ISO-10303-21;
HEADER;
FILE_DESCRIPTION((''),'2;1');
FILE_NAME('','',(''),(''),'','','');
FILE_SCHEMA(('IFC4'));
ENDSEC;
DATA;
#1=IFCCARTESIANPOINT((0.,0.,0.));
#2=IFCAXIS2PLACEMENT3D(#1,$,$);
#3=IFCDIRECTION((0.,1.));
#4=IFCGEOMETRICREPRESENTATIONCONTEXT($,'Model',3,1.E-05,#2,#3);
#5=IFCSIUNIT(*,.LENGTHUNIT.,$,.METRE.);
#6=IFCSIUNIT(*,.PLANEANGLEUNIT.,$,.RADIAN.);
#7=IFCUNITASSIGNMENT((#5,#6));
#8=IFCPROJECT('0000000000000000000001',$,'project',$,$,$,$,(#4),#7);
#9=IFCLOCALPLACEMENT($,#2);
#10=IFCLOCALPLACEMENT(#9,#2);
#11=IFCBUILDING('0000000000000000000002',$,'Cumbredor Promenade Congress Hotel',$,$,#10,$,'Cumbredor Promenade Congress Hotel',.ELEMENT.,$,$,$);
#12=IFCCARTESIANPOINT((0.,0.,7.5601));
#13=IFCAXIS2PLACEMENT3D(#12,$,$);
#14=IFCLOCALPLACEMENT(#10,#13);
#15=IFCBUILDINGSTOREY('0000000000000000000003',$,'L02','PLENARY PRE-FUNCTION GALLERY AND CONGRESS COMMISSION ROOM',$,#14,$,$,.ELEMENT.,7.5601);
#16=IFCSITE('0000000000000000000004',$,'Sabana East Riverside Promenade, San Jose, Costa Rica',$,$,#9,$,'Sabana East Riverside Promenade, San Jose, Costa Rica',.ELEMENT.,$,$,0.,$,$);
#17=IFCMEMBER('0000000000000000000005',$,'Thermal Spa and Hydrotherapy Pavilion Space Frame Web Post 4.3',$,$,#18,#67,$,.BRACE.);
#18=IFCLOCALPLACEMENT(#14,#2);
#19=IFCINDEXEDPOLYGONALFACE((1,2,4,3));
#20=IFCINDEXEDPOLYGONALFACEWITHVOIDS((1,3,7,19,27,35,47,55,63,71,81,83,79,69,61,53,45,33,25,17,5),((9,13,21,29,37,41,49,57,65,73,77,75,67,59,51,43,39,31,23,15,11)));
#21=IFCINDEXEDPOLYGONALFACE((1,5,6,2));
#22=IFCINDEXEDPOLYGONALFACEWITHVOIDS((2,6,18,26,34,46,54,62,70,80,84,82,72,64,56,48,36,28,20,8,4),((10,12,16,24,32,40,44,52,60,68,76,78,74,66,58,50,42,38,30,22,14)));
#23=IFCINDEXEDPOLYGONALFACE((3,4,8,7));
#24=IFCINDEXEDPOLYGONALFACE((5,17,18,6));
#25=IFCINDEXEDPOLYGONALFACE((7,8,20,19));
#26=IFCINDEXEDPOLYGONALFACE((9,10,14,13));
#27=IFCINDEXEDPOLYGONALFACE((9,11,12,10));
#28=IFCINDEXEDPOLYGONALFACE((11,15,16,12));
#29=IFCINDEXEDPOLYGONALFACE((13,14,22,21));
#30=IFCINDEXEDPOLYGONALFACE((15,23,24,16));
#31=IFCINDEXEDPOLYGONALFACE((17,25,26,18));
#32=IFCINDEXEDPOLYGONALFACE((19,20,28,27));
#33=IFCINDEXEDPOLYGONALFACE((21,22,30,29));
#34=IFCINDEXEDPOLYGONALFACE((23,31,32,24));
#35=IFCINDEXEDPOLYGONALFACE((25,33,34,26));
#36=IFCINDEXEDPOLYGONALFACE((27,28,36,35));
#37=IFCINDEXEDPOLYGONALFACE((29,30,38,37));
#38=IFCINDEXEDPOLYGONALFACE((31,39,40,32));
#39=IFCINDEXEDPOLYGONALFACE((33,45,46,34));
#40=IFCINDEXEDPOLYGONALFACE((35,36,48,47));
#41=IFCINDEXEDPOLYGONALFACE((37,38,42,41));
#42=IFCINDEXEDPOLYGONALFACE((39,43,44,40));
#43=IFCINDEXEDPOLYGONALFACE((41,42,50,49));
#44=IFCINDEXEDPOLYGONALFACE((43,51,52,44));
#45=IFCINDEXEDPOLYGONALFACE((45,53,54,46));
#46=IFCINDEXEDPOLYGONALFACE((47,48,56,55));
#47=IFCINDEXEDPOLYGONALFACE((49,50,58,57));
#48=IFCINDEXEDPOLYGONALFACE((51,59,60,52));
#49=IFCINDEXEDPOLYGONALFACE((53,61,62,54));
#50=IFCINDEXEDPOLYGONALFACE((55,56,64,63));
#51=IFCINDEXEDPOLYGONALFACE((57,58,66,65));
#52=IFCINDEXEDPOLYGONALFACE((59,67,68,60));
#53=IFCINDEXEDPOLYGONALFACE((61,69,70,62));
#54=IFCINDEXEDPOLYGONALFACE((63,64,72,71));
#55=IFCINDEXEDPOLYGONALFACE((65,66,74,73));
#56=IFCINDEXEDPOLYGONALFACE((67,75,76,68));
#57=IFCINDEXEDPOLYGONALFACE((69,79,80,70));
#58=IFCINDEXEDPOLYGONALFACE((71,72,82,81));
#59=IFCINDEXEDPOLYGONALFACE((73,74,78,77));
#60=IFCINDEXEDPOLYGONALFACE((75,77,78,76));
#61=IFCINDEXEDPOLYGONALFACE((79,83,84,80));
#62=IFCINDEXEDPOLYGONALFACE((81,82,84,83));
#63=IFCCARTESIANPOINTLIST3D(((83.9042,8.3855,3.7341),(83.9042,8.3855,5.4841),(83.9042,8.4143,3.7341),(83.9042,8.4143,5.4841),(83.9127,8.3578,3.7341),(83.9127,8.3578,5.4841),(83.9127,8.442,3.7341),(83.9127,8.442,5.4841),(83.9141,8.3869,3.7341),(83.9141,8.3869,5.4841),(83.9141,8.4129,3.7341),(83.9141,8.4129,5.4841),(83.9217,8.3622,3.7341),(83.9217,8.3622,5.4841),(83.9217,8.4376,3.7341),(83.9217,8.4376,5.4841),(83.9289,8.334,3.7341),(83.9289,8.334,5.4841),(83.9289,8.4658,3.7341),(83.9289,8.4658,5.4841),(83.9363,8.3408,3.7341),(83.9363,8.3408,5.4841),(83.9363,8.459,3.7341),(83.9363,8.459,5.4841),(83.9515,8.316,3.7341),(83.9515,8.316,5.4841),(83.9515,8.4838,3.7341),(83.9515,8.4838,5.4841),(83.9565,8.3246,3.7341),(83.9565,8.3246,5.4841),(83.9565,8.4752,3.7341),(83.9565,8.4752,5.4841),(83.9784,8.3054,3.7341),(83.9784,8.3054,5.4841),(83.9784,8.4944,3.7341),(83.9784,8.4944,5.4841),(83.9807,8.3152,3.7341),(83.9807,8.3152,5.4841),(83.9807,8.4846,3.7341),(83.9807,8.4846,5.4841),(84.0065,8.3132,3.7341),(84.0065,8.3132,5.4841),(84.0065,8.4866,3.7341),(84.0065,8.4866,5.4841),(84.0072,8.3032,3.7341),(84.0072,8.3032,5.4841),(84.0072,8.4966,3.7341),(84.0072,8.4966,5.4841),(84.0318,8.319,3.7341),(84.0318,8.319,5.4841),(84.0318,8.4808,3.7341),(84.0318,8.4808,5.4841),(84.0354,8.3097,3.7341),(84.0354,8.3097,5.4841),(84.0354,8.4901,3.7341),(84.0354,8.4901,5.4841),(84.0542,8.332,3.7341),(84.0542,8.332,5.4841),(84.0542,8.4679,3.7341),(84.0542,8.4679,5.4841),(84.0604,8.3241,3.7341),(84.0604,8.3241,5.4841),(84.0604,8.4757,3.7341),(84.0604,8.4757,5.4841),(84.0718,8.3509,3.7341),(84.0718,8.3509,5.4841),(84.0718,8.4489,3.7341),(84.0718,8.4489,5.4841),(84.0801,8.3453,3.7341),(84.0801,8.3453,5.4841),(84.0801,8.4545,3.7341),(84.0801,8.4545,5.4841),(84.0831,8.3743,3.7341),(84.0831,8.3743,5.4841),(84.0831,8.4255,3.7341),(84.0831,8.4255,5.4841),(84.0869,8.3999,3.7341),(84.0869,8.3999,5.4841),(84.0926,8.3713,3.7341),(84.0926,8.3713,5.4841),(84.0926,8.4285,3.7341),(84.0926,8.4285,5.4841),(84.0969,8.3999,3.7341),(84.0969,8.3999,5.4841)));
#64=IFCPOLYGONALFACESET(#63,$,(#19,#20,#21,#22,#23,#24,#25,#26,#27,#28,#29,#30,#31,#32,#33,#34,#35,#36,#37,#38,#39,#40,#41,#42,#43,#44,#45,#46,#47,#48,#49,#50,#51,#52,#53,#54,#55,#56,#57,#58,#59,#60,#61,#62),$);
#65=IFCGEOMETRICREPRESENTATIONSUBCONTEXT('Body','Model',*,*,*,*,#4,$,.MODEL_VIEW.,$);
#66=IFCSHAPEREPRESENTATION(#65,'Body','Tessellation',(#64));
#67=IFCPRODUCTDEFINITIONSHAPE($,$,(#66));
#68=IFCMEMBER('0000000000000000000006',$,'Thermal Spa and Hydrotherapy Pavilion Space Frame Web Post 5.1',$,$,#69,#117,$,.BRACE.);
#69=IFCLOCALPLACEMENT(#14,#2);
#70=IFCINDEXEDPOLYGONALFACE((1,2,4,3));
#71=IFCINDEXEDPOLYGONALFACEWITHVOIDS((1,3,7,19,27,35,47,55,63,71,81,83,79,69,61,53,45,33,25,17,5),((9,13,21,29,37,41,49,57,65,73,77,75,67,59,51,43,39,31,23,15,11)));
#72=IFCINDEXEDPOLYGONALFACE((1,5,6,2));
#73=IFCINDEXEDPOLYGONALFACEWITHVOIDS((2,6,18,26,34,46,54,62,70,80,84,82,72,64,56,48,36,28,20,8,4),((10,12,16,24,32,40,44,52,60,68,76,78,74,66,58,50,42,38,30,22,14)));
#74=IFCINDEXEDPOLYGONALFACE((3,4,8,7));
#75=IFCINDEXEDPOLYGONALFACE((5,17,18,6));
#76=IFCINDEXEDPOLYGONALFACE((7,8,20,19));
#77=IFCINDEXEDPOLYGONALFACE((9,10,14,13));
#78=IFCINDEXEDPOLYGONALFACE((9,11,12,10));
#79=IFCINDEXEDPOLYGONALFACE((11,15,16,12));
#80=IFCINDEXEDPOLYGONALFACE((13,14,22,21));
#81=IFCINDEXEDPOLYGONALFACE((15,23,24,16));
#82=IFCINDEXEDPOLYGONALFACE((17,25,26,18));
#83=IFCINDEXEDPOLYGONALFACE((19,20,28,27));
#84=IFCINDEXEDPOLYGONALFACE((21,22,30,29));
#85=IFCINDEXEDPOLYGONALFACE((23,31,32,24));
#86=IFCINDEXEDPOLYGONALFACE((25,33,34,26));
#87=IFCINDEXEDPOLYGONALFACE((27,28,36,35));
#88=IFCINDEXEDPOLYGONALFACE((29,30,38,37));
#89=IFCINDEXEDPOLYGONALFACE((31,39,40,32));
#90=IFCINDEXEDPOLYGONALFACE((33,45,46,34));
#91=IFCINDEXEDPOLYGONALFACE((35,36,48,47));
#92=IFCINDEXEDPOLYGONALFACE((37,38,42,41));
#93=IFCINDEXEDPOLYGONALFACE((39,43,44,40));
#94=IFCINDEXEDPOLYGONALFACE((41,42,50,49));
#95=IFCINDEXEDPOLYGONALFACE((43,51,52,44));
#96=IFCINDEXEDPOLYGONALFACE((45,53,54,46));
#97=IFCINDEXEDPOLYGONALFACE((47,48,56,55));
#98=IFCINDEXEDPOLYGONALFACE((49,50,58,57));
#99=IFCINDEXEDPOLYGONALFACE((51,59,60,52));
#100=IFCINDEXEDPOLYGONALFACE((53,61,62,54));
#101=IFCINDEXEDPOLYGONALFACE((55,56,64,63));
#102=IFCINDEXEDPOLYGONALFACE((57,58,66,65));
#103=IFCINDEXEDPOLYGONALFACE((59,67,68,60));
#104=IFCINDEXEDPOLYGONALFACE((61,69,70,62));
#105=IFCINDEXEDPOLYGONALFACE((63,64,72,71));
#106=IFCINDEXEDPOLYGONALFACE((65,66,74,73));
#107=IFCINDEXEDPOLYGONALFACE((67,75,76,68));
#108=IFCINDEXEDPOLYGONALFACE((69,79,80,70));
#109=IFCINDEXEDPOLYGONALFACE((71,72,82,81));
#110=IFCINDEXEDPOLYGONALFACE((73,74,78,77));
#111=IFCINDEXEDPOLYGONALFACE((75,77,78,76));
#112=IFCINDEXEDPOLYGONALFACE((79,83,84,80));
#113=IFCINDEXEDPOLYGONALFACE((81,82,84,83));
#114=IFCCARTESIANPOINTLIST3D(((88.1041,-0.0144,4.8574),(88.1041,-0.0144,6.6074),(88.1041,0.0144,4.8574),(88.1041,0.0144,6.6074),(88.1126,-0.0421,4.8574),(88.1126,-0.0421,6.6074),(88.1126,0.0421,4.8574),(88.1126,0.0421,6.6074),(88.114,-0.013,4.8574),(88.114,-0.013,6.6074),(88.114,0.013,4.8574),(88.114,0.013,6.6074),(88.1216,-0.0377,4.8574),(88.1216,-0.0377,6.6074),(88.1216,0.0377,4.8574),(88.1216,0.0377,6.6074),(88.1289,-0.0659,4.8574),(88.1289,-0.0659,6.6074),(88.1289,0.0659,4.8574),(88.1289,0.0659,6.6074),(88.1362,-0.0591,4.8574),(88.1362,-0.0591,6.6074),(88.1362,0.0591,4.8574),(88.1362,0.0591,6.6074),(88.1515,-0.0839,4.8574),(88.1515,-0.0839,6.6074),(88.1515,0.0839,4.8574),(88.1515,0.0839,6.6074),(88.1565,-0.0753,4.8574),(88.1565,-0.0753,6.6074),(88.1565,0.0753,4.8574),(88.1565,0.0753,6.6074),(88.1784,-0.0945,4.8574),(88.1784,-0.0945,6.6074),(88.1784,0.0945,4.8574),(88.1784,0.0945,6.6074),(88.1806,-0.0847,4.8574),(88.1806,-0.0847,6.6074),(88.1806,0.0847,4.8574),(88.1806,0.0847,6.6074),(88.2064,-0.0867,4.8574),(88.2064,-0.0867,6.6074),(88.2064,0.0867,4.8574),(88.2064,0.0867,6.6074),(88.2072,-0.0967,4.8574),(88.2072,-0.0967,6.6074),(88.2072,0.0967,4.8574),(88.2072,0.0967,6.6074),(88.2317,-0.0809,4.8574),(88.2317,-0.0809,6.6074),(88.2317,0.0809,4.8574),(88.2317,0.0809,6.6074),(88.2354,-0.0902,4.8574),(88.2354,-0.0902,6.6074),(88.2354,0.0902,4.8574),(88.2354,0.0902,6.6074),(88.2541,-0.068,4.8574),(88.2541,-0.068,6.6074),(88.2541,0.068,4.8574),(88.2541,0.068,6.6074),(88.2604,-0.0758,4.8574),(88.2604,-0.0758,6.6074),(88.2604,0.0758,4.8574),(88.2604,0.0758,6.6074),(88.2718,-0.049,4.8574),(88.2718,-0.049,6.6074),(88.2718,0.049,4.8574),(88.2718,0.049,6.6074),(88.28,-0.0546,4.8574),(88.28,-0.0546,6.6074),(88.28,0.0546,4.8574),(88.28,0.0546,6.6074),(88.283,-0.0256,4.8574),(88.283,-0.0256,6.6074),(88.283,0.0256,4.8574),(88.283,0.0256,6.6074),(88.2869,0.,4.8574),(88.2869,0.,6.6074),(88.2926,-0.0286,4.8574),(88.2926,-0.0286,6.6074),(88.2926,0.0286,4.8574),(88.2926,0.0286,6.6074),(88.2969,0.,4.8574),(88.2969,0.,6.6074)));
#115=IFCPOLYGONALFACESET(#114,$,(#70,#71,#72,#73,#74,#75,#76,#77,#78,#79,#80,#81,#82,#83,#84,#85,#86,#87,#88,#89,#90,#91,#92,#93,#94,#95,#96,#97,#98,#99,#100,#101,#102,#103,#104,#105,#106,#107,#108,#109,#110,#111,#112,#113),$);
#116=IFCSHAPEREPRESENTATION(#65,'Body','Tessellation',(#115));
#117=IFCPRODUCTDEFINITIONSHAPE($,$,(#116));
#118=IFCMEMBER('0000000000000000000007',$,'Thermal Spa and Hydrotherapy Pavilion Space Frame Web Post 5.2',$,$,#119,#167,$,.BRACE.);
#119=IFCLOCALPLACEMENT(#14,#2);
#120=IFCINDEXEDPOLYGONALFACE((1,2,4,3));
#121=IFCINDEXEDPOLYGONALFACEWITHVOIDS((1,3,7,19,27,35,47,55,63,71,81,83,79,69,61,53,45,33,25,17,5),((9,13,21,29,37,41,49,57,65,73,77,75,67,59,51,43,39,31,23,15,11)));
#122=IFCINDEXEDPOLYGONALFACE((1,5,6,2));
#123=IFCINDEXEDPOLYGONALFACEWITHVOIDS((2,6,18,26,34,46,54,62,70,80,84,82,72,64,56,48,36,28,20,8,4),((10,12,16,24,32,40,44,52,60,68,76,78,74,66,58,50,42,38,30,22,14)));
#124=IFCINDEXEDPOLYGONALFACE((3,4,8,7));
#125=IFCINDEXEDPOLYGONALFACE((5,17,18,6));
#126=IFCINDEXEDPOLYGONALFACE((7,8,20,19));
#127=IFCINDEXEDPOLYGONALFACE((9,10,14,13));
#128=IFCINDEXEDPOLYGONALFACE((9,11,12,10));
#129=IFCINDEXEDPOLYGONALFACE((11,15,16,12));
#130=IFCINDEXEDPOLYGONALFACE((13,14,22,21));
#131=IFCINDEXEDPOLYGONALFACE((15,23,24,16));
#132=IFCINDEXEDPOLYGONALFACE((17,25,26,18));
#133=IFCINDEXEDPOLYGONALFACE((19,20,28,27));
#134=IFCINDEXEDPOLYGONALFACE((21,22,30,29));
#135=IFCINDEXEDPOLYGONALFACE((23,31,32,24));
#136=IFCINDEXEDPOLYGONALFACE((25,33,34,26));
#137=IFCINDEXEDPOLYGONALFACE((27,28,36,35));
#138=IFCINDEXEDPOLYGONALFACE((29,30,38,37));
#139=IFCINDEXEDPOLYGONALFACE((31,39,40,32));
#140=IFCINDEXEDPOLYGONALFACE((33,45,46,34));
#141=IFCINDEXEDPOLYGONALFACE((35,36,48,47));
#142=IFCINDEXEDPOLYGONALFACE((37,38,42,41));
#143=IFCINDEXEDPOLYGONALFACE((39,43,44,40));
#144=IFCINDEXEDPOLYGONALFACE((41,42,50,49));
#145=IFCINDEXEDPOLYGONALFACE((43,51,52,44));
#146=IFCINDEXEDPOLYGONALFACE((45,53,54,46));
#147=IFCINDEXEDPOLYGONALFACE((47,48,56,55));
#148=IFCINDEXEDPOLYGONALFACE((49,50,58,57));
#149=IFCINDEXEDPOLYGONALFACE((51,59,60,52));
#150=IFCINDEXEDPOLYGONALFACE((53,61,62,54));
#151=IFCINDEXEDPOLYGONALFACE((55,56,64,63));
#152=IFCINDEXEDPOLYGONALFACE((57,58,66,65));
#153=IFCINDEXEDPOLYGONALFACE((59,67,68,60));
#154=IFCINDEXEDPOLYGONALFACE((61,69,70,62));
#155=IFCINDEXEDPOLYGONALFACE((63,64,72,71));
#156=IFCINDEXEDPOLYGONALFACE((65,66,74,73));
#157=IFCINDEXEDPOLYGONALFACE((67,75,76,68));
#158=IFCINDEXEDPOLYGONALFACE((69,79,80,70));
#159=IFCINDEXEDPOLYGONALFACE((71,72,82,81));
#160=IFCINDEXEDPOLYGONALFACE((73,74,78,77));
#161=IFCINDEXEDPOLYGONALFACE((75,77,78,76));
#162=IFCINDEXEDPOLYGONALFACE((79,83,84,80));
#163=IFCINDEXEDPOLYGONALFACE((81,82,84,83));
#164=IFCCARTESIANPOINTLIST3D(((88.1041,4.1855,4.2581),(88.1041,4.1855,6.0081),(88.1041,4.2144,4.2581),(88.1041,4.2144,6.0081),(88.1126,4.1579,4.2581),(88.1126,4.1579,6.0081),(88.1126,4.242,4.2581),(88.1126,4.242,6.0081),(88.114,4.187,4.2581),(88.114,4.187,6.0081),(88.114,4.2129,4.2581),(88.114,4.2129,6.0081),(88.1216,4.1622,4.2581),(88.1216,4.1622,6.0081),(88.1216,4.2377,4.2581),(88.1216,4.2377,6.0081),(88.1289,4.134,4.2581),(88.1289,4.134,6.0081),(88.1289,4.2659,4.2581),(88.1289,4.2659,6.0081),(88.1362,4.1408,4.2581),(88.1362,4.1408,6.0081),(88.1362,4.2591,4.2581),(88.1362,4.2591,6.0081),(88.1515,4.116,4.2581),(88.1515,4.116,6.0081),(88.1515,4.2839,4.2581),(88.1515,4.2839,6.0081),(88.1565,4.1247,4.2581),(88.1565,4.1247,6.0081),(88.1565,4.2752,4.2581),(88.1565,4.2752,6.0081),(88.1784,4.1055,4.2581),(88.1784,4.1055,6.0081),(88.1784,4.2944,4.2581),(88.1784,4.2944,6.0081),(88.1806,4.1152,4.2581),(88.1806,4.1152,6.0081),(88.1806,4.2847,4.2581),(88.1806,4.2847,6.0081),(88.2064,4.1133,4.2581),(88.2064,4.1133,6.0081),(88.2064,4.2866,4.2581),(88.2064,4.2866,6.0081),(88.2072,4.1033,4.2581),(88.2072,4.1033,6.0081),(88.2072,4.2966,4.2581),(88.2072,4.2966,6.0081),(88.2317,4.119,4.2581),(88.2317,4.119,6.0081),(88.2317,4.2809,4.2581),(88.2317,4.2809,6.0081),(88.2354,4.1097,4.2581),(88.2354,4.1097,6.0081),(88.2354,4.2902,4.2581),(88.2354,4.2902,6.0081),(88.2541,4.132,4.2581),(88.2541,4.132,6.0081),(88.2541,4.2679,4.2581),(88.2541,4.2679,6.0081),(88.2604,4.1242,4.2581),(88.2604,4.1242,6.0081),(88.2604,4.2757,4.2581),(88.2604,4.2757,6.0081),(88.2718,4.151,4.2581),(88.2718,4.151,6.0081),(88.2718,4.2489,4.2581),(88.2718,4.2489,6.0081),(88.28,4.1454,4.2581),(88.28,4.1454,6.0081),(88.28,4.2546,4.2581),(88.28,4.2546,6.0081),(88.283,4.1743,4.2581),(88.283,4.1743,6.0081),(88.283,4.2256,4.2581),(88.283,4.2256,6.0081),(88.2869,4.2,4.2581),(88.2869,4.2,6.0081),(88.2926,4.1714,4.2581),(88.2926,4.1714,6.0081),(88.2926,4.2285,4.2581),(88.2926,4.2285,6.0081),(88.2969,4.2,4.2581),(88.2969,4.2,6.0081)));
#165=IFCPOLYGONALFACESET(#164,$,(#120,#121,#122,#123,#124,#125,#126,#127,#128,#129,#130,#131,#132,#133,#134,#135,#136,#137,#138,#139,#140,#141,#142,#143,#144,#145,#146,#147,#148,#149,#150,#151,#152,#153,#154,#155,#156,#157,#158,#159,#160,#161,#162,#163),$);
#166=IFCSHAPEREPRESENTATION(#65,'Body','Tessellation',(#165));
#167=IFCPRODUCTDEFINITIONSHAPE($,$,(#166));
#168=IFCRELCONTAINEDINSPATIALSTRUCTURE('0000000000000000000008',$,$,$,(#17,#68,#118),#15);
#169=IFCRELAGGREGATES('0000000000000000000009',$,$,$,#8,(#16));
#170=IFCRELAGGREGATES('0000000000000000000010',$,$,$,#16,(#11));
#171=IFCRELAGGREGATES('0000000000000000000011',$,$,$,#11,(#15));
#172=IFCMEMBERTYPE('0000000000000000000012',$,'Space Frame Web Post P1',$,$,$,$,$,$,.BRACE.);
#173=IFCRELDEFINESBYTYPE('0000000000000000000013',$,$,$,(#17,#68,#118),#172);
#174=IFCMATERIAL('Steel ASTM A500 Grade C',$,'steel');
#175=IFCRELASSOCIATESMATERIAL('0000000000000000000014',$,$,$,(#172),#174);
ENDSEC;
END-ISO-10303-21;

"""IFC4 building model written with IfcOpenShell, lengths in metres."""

from ifc_helpers import new_model, si_unit, direction, frame, origin, origin_2d, place, context, subcontext, project, spatial, hollow_circle, extrude, material, material_profile, profile_set, type_object, element, save


model = new_model("IFC4")

# Units and contexts
model_context = context("Model", 3, precision=1e-05, world=origin(), true_north=direction((0.0, 1.0)))
body_context = subcontext(model_context, "Body", "Model", "MODEL_VIEW")
ifc_project = project(units=[si_unit("LENGTHUNIT", "METRE"), si_unit("PLANEANGLEUNIT", "RADIAN")], contexts=[model_context])

# Site, building, storey
site_placement = place(None, origin())
site = spatial("IfcSite", under=ifc_project, at=site_placement, Name="Sabana East Riverside Promenade, San Jose, Costa Rica", LongName="Sabana East Riverside Promenade, San Jose, Costa Rica", CompositionType="ELEMENT", RefElevation=0.0)
building_placement = place(site_placement, origin())
building = spatial("IfcBuilding", under=site, at=building_placement, Name="Cumbredor Promenade Congress Hotel", LongName="Cumbredor Promenade Congress Hotel", CompositionType="ELEMENT")
storey_placement = place(building_placement, frame((0.0, 0.0, 7.5601)))
storey = spatial("IfcBuildingStorey", under=building, at=storey_placement, Name="L02", Description="PLENARY PRE-FUNCTION GALLERY AND CONGRESS COMMISSION ROOM", CompositionType="ELEMENT", Elevation=7.5601)

# Members
ifc_material_1 = material(Name="Steel ASTM A500 Grade C", Category="steel")
ifc_material_profile_1 = material_profile(ifc_material_1, hollow_circle(Radius=0.0969, WallThickness=0.01, at=origin_2d()), Name="CHS 193.7x10")
ifc_profile_set_1 = profile_set([ifc_material_profile_1], Name="Steel ASTM A500 Grade C")
member_type_1 = type_object("IfcMemberType", Name="Space Frame Web Post P1", PredefinedType="BRACE", material=ifc_profile_set_1)
for number, where, z_axis, x_axis, name in (
    (1, (84.0, 8.3999, 3.7341), (0.0, 0.0, 1.0), (1.0, 0.0, 0.0), "Thermal Spa and Hydrotherapy Pavilion Space Frame Web Post 4.3"),
    (2, (88.2, 0.0, 4.8574), (0.0, 0.0, 1.0), (1.0, 0.0, 0.0), "Thermal Spa and Hydrotherapy Pavilion Space Frame Web Post 5.1"),
    (3, (88.2, 4.2, 4.2581), (0.0, 0.0, 1.0), (1.0, 0.0, 0.0), "Thermal Spa and Hydrotherapy Pavilion Space Frame Web Post 5.2"),
):
    element("IfcMember", number, at=place(storey_placement, frame(where, z_axis=z_axis, x_axis=x_axis)), inside=storey, type_object=member_type_1, Name=name, PredefinedType="BRACE", context=body_context, shape_type="SweptSolid", body=[
        extrude(hollow_circle(Radius=0.0969, WallThickness=0.01, at=origin_2d()), origin(), (0.0, 0.0, 1.0), 1.75),
    ])

save(model, "model.ifc")
